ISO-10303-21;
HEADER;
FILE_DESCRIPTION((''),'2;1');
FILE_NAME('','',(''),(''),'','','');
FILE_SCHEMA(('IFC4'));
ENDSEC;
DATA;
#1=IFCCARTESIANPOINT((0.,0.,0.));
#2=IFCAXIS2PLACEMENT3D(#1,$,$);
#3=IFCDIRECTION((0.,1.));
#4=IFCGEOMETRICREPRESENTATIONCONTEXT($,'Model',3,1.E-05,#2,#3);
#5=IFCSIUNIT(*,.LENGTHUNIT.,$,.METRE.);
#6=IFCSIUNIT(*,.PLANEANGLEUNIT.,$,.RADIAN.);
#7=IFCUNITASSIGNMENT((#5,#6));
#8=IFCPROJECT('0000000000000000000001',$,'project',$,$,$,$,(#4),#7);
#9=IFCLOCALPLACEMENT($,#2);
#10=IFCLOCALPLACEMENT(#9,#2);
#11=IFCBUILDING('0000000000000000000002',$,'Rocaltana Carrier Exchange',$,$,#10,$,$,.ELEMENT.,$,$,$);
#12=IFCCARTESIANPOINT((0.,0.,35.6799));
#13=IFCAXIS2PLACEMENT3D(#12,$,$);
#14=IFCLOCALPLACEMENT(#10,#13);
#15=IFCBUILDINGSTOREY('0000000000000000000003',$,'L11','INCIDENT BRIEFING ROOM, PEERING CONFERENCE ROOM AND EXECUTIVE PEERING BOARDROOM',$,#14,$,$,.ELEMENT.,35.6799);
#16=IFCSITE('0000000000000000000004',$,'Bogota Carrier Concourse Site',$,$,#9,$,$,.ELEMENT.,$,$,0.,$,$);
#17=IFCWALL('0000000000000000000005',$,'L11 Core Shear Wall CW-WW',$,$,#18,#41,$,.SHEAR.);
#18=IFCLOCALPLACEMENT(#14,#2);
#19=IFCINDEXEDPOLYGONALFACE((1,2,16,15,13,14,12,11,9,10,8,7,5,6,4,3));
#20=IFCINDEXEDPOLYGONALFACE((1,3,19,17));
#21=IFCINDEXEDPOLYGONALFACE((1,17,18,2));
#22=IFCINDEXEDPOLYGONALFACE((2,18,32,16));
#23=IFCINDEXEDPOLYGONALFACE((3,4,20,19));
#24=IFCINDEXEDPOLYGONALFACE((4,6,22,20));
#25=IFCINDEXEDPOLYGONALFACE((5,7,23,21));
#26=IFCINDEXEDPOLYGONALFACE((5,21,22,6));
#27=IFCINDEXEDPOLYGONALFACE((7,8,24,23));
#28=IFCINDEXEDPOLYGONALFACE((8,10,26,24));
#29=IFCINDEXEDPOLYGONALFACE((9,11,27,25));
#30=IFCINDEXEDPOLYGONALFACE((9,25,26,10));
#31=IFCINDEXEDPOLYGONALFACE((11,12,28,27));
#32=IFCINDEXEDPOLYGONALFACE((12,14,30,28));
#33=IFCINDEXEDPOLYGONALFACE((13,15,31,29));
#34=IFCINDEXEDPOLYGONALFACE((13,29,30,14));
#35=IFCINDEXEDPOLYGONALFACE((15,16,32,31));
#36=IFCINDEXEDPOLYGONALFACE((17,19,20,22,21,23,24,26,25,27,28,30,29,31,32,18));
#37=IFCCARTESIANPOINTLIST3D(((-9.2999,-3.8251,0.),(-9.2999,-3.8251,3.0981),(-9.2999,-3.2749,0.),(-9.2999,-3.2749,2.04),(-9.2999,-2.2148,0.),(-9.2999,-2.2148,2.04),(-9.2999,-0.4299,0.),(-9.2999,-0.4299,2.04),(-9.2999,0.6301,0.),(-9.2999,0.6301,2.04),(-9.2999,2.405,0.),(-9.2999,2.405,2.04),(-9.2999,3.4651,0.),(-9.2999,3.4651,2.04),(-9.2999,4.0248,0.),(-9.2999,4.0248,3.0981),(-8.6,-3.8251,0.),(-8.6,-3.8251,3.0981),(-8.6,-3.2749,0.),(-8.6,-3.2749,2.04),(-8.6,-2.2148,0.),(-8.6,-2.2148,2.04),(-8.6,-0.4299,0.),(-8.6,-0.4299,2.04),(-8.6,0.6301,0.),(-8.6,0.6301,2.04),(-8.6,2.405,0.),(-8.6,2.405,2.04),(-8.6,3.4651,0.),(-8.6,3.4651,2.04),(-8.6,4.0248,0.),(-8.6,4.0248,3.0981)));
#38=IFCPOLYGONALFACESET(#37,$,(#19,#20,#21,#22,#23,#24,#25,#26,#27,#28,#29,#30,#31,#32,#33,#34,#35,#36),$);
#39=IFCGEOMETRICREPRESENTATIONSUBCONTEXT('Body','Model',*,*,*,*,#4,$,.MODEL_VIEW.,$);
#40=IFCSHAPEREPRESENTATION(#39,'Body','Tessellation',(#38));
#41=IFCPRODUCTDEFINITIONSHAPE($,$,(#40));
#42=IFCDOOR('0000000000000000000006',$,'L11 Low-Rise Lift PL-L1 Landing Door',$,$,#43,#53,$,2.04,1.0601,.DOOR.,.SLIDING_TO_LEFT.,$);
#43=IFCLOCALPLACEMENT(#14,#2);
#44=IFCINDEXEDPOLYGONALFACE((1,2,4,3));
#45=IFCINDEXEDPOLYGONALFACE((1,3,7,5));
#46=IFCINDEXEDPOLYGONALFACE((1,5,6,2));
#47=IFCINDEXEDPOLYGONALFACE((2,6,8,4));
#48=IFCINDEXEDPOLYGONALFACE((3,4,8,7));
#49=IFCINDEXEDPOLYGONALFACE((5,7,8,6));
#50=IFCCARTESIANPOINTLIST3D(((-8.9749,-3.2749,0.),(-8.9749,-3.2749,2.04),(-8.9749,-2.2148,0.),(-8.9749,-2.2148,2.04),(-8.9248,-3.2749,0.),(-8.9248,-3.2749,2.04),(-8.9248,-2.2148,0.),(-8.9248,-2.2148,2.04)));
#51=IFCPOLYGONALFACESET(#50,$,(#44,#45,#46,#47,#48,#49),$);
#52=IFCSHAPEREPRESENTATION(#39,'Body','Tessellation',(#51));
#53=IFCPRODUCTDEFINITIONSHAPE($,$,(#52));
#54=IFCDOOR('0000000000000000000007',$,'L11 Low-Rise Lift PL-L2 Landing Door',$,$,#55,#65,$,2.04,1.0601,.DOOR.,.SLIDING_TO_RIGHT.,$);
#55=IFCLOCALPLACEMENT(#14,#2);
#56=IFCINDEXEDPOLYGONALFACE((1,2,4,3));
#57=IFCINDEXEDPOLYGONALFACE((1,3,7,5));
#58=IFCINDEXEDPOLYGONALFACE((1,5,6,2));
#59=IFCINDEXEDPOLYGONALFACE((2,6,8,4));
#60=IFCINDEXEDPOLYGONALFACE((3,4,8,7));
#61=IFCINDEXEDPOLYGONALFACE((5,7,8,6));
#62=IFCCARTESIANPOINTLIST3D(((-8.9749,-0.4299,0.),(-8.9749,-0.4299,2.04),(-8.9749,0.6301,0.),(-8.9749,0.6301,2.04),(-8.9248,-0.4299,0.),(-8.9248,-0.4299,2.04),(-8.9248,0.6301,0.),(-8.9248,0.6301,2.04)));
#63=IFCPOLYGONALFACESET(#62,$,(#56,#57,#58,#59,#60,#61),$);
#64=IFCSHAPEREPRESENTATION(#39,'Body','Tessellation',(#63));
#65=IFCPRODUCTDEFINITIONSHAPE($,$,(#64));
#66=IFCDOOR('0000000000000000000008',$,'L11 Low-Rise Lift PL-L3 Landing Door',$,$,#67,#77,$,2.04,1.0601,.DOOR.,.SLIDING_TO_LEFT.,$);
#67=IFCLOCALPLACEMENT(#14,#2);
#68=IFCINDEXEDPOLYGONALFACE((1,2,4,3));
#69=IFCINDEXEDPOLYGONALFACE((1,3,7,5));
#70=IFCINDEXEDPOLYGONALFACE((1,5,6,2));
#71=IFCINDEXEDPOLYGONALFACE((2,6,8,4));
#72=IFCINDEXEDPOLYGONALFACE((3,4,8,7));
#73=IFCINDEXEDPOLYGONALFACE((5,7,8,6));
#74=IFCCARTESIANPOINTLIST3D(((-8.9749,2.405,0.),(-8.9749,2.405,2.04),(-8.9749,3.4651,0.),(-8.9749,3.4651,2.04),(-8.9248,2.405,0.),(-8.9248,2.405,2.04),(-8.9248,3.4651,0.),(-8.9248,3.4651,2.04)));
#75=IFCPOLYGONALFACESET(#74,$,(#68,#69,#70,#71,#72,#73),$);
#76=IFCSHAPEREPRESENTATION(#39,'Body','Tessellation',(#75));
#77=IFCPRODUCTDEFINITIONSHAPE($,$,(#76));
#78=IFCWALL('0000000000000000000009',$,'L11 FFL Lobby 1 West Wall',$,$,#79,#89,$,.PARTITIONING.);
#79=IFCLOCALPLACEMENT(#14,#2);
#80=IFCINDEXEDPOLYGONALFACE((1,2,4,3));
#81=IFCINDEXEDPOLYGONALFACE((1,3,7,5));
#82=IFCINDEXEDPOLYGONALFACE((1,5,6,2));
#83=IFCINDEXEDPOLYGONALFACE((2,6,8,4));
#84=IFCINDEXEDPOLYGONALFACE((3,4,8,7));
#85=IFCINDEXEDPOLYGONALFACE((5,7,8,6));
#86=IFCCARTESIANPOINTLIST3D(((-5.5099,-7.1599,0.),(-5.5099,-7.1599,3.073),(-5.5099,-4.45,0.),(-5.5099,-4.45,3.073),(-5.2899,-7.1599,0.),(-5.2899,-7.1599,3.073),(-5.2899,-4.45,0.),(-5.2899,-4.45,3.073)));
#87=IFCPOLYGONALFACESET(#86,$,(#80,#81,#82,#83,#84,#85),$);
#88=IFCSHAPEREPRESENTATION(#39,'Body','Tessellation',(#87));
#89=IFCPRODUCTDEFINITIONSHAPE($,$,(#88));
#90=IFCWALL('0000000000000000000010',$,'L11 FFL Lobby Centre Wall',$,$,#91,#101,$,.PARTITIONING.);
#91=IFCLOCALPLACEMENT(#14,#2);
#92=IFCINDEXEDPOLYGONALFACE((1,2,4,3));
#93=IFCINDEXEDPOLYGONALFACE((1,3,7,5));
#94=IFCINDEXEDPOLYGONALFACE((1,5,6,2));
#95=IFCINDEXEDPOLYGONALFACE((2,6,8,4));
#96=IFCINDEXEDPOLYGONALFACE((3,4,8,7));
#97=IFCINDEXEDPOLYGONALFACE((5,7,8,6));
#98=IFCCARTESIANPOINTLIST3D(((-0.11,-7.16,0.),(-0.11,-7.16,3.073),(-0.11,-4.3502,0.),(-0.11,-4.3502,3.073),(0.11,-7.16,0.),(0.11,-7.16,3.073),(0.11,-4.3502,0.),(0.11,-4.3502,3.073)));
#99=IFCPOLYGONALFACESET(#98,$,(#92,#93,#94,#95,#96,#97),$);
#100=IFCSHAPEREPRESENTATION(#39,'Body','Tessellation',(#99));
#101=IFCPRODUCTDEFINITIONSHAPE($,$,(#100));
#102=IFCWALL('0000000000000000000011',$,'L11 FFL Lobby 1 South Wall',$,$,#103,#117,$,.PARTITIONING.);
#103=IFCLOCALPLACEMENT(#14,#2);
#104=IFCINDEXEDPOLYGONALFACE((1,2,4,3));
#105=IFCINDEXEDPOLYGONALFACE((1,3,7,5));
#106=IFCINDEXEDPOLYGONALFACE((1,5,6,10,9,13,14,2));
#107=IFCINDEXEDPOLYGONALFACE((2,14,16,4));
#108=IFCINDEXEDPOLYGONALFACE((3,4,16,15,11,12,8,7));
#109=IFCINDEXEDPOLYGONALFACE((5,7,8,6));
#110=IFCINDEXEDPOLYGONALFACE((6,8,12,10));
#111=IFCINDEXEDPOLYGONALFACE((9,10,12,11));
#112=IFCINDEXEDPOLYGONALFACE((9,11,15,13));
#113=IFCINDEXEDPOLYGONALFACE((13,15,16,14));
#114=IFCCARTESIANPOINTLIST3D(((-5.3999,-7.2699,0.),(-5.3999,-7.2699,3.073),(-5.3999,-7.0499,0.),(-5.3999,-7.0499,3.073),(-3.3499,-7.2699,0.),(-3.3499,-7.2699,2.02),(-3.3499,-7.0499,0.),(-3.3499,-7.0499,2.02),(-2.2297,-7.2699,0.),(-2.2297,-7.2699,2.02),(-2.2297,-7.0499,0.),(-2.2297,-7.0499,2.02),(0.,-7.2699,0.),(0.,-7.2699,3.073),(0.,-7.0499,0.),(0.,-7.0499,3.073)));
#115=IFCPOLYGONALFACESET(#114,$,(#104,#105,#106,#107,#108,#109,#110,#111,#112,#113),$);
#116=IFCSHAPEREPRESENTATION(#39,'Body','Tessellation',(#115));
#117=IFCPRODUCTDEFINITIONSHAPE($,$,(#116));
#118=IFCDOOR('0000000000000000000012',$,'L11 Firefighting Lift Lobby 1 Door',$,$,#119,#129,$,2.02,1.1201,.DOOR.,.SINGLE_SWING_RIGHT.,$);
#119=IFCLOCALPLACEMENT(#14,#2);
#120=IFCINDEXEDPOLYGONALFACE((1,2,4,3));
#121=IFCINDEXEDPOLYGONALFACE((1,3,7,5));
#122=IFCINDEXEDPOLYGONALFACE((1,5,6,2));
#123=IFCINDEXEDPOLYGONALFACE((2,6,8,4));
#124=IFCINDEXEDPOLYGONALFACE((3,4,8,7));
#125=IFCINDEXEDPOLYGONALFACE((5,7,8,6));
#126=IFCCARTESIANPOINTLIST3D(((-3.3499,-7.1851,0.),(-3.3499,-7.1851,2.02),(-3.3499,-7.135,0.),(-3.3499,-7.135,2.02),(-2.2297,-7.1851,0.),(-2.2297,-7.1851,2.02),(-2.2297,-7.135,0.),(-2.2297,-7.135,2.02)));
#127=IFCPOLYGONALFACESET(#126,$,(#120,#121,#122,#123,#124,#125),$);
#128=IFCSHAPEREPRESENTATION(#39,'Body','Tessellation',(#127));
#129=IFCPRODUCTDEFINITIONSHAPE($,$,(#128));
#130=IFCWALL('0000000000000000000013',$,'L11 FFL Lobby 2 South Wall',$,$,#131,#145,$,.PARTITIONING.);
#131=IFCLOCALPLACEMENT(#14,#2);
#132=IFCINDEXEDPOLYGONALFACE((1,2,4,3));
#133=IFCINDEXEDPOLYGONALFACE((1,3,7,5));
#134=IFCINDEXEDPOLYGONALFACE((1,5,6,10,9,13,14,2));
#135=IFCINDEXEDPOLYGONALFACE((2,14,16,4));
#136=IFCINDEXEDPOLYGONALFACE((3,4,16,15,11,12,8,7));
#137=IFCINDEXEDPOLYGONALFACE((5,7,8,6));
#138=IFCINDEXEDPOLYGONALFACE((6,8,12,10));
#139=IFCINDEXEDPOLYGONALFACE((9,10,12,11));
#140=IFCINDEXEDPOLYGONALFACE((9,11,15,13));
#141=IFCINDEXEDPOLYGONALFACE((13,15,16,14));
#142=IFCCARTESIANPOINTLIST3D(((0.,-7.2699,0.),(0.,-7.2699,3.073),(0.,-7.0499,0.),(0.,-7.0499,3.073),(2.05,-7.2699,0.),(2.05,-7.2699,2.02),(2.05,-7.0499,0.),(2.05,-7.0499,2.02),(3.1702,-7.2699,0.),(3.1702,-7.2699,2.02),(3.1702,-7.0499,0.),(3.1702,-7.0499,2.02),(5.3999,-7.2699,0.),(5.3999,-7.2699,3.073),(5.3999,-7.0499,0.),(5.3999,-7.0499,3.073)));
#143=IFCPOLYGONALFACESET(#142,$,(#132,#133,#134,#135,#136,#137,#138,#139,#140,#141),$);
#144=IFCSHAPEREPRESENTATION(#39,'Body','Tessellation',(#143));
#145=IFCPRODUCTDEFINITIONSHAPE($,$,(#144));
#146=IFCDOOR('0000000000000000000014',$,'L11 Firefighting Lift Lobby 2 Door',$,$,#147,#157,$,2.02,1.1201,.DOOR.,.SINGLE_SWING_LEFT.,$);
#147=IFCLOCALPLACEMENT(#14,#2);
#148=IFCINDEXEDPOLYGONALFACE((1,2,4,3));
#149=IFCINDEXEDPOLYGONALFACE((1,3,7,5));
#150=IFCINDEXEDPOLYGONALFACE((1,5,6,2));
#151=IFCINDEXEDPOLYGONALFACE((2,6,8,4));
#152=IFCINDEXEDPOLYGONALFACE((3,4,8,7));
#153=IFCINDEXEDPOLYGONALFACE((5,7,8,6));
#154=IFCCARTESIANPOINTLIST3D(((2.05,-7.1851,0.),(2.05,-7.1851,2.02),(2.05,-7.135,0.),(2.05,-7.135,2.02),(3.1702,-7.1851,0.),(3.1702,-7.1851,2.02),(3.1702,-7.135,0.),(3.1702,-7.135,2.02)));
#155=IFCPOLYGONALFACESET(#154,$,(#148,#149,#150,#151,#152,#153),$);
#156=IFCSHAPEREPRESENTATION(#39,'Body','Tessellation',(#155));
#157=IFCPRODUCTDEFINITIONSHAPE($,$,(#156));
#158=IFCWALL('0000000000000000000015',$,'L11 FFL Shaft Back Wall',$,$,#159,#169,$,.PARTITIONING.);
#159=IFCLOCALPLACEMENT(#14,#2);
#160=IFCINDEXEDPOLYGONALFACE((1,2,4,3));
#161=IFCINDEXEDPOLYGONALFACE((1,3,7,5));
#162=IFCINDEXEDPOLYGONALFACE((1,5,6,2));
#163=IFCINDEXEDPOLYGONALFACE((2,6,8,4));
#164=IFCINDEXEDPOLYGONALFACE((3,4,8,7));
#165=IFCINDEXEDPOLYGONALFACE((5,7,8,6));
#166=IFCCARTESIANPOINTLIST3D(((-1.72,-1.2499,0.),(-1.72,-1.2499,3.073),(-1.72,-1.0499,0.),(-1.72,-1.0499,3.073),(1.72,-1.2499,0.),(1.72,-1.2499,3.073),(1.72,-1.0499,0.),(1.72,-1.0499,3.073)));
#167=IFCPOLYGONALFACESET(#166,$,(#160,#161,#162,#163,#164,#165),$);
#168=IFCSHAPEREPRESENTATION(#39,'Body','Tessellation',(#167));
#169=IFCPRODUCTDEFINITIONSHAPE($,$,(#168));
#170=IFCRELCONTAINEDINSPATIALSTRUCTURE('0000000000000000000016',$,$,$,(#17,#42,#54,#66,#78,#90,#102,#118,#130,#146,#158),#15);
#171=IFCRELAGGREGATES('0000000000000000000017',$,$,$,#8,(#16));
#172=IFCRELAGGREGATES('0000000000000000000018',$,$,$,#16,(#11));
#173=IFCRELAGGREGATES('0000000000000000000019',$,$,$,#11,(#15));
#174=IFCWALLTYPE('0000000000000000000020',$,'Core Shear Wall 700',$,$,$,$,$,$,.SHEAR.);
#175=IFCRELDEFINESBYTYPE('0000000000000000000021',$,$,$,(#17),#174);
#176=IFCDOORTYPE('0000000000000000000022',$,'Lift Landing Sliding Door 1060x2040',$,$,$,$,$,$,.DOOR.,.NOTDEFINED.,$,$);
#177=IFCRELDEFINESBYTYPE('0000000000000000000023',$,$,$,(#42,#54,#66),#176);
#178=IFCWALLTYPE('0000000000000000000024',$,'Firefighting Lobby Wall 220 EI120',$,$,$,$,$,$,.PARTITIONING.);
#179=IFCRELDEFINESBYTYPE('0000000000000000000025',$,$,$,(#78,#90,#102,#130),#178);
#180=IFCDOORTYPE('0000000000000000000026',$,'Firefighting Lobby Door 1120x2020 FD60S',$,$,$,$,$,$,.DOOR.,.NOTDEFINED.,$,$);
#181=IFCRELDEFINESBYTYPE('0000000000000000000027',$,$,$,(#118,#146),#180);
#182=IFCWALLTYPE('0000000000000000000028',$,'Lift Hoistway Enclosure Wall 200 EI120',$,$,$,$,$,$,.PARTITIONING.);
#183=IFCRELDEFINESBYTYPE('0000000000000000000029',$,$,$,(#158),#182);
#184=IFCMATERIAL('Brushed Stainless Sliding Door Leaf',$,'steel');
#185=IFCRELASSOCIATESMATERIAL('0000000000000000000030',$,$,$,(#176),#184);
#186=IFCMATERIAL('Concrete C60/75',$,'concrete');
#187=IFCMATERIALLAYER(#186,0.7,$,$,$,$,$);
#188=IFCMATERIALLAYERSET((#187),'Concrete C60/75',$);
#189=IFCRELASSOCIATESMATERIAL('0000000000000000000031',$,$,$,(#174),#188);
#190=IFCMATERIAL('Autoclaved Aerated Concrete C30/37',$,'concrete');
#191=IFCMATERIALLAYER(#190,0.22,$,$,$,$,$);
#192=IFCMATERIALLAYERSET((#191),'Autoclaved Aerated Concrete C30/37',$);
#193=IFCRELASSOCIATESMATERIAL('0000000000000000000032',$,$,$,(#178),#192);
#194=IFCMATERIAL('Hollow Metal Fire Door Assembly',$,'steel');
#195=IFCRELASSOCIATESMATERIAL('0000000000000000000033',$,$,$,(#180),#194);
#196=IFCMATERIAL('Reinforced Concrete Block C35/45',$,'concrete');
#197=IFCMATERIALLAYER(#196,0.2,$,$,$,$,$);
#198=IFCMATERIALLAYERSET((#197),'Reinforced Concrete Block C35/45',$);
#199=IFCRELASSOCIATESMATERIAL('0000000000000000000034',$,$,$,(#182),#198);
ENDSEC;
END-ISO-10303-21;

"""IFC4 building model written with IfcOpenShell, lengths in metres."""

from ifc_helpers import new_model, si_unit, direction, frame, frame_2d, origin, place, context, subcontext, project, spatial, rectangle, extrude, material, layer, layer_set, type_object, element, fill, save


model = new_model("IFC4")

# Units and contexts
model_context = context("Model", 3, precision=1e-05, world=origin(), true_north=direction((0.0, 1.0)))
body_context = subcontext(model_context, "Body", "Model", "MODEL_VIEW")
ifc_project = project(units=[si_unit("LENGTHUNIT", "METRE"), si_unit("PLANEANGLEUNIT", "RADIAN")], contexts=[model_context])

# Site, building, storey
site_placement = place(None, origin())
site = spatial("IfcSite", under=ifc_project, at=site_placement, Name="Bogota Carrier Concourse Site", CompositionType="ELEMENT", RefElevation=0.0)
building_placement = place(site_placement, origin())
building = spatial("IfcBuilding", under=site, at=building_placement, Name="Rocaltana Carrier Exchange", CompositionType="ELEMENT")
storey_placement = place(building_placement, frame((0.0, 0.0, 35.6799)))
storey = spatial("IfcBuildingStorey", under=building, at=storey_placement, Name="L11", Description="INCIDENT BRIEFING ROOM, PEERING CONFERENCE ROOM AND EXECUTIVE PEERING BOARDROOM", CompositionType="ELEMENT", Elevation=35.6799)

# Shared definitions
ifc_material_1 = material(Name="Brushed Stainless Sliding Door Leaf", Category="steel")
door_type_1 = type_object("IfcDoorType", Name="Lift Landing Sliding Door 1060x2040", OperationType="NOTDEFINED", PredefinedType="DOOR", material=ifc_material_1)

# Shared definitions
ifc_material_2 = material(Name="Concrete C60/75", Category="concrete")
ifc_layer_1 = layer(ifc_material_2, 0.7)
ifc_layer_set_1 = layer_set([ifc_layer_1], Name="Concrete C60/75")
wall_type_1 = type_object("IfcWallType", Name="Core Shear Wall 700", PredefinedType="SHEAR", material=ifc_layer_set_1)

# Wall, openings, doors
wall_1_placement = place(storey_placement, frame((-8.95, -3.825, 0.0), z_axis=(0.0, 0.0, 1.0), x_axis=(0.0, 1.0, 0.0)))
wall_1 = element("IfcWall", 1, at=wall_1_placement, inside=storey, type_object=wall_type_1, Name="L11 Core Shear Wall CW-WW", PredefinedType="SHEAR", context=body_context, shape_type="SweptSolid", body=[
    extrude(rectangle(XDim=7.8499, YDim=0.7, at=frame_2d((3.9248, 0.0))), origin(), (0.0, 0.0, 1.0), 3.0981),
])
opening_1_placement = place(wall_1_placement, frame((0.55, 0.0, 0.0)))
opening_1 = element("IfcOpeningElement", 2, at=opening_1_placement, cuts=wall_1, PredefinedType="OPENING", context=body_context, shape_type="SweptSolid", body=[
    extrude(rectangle(XDim=1.0601, YDim=2.04, at=frame_2d((0.53, 1.02))), frame((0.0, 0.3599, 0.0), z_axis=(0.0, -1.0, 0.0), x_axis=(1.0, 0.0, 0.0)), (0.0, 0.0, 1.0), 0.72),
])
opening_2_placement = place(wall_1_placement, frame((3.395, 0.0, 0.0)))
opening_2 = element("IfcOpeningElement", 3, at=opening_2_placement, cuts=wall_1, PredefinedType="OPENING", context=body_context, shape_type="SweptSolid", body=[
    extrude(rectangle(XDim=1.0601, YDim=2.04, at=frame_2d((0.53, 1.02))), frame((0.0, 0.3599, 0.0), z_axis=(0.0, -1.0, 0.0), x_axis=(1.0, 0.0, 0.0)), (0.0, 0.0, 1.0), 0.72),
])
opening_3_placement = place(wall_1_placement, frame((6.23, 0.0, 0.0)))
opening_3 = element("IfcOpeningElement", 4, at=opening_3_placement, cuts=wall_1, PredefinedType="OPENING", context=body_context, shape_type="SweptSolid", body=[
    extrude(rectangle(XDim=1.0601, YDim=2.04, at=frame_2d((0.53, 1.02))), frame((0.0, 0.3599, 0.0), z_axis=(0.0, -1.0, 0.0), x_axis=(1.0, 0.0, 0.0)), (0.0, 0.0, 1.0), 0.72),
])
door_1_placement = place(opening_1_placement, origin())
door_1 = element("IfcDoor", 5, at=door_1_placement, inside=storey, type_object=door_type_1, Name="L11 Low-Rise Lift PL-L1 Landing Door", OperationType="SLIDING_TO_LEFT", OverallHeight=2.04, OverallWidth=1.0601, PredefinedType="DOOR", context=body_context, shape_type="SweptSolid", body=[
    extrude(rectangle(XDim=1.0601, YDim=2.04, at=frame_2d((0.53, 1.02))), frame((0.0, 0.0249, 0.0), z_axis=(0.0, -1.0, 0.0), x_axis=(1.0, 0.0, 0.0)), (0.0, 0.0, 1.0), 0.05),
])
fill(opening_1, door_1)
door_2_placement = place(opening_2_placement, origin())
door_2 = element("IfcDoor", 6, at=door_2_placement, inside=storey, type_object=door_type_1, Name="L11 Low-Rise Lift PL-L2 Landing Door", OperationType="SLIDING_TO_RIGHT", OverallHeight=2.04, OverallWidth=1.0601, PredefinedType="DOOR", context=body_context, shape_type="SweptSolid", body=[
    extrude(rectangle(XDim=1.0601, YDim=2.04, at=frame_2d((0.53, 1.02))), frame((0.0, 0.0249, 0.0), z_axis=(0.0, -1.0, 0.0), x_axis=(1.0, 0.0, 0.0)), (0.0, 0.0, 1.0), 0.05),
])
fill(opening_2, door_2)
door_3_placement = place(opening_3_placement, origin())
door_3 = element("IfcDoor", 7, at=door_3_placement, inside=storey, type_object=door_type_1, Name="L11 Low-Rise Lift PL-L3 Landing Door", OperationType="SLIDING_TO_LEFT", OverallHeight=2.04, OverallWidth=1.0601, PredefinedType="DOOR", context=body_context, shape_type="SweptSolid", body=[
    extrude(rectangle(XDim=1.0601, YDim=2.04, at=frame_2d((0.53, 1.02))), frame((0.0, 0.0249, 0.0), z_axis=(0.0, -1.0, 0.0), x_axis=(1.0, 0.0, 0.0)), (0.0, 0.0, 1.0), 0.05),
])
fill(opening_3, door_3)

# Walls
ifc_material_3 = material(Name="Autoclaved Aerated Concrete C30/37", Category="concrete")
ifc_layer_2 = layer(ifc_material_3, 0.22)
ifc_layer_set_2 = layer_set([ifc_layer_2], Name="Autoclaved Aerated Concrete C30/37")
wall_type_2 = type_object("IfcWallType", Name="Firefighting Lobby Wall 220 EI120", PredefinedType="PARTITIONING", material=ifc_layer_set_2)
wall_2_placement = place(storey_placement, frame((-5.3999, -7.1599, 0.0), z_axis=(0.0, 0.0, 1.0), x_axis=(0.0, 1.0, 0.0)))
element("IfcWall", 8, at=wall_2_placement, inside=storey, type_object=wall_type_2, Name="L11 FFL Lobby 1 West Wall", PredefinedType="PARTITIONING", context=body_context, shape_type="SweptSolid", body=[
    extrude(rectangle(XDim=2.71, YDim=0.22, at=frame_2d((1.355, 0.0))), origin(), (0.0, 0.0, 1.0), 3.073),
])
wall_3_placement = place(storey_placement, frame((0.0, -7.1599, 0.0), z_axis=(0.0, 0.0, 1.0), x_axis=(0.0, 1.0, 0.0)))
element("IfcWall", 9, at=wall_3_placement, inside=storey, type_object=wall_type_2, Name="L11 FFL Lobby Centre Wall", PredefinedType="PARTITIONING", context=body_context, shape_type="SweptSolid", body=[
    extrude(rectangle(XDim=2.8098, YDim=0.22, at=frame_2d((1.4048, 0.0))), origin(), (0.0, 0.0, 1.0), 3.073),
])

# Walls, openings, doors
wall_4_placement = place(storey_placement, frame((-5.3999, -7.1599, 0.0), z_axis=(0.0, 0.0, 1.0), x_axis=(1.0, 0.0, 0.0)))
wall_4 = element("IfcWall", 10, at=wall_4_placement, inside=storey, type_object=wall_type_2, Name="L11 FFL Lobby 1 South Wall", PredefinedType="PARTITIONING", context=body_context, shape_type="SweptSolid", body=[
    extrude(rectangle(XDim=5.3999, YDim=0.22, at=frame_2d((2.7, 0.0))), origin(), (0.0, 0.0, 1.0), 3.073),
])
opening_4_placement = place(wall_4_placement, frame((2.05, 0.0, 0.0)))
opening_4 = element("IfcOpeningElement", 11, at=opening_4_placement, cuts=wall_4, PredefinedType="OPENING", context=body_context, shape_type="SweptSolid", body=[
    extrude(rectangle(XDim=1.1201, YDim=2.02, at=frame_2d((0.5601, 1.01))), frame((0.0, 0.1199, 0.0), z_axis=(0.0, -1.0, 0.0), x_axis=(1.0, 0.0, 0.0)), (0.0, 0.0, 1.0), 0.24),
])
ifc_material_4 = material(Name="Hollow Metal Fire Door Assembly", Category="steel")
door_type_2 = type_object("IfcDoorType", Name="Firefighting Lobby Door 1120x2020 FD60S", OperationType="NOTDEFINED", PredefinedType="DOOR", material=ifc_material_4)
door_4_placement = place(opening_4_placement, origin())
door_4 = element("IfcDoor", 12, at=door_4_placement, inside=storey, type_object=door_type_2, Name="L11 Firefighting Lift Lobby 1 Door", OperationType="SINGLE_SWING_RIGHT", OverallHeight=2.02, OverallWidth=1.1201, PredefinedType="DOOR", context=body_context, shape_type="SweptSolid", body=[
    extrude(rectangle(XDim=1.1201, YDim=2.02, at=frame_2d((0.5601, 1.01))), frame((0.0, 0.0249, 0.0), z_axis=(0.0, -1.0, 0.0), x_axis=(1.0, 0.0, 0.0)), (0.0, 0.0, 1.0), 0.05),
])
fill(opening_4, door_4)
wall_5_placement = place(storey_placement, frame((0.0, -7.1599, 0.0), z_axis=(0.0, 0.0, 1.0), x_axis=(1.0, 0.0, 0.0)))
wall_5 = element("IfcWall", 13, at=wall_5_placement, inside=storey, type_object=wall_type_2, Name="L11 FFL Lobby 2 South Wall", PredefinedType="PARTITIONING", context=body_context, shape_type="SweptSolid", body=[
    extrude(rectangle(XDim=5.3999, YDim=0.22, at=frame_2d((2.7, 0.0))), origin(), (0.0, 0.0, 1.0), 3.073),
])
opening_5_placement = place(wall_5_placement, frame((2.05, 0.0, 0.0)))
opening_5 = element("IfcOpeningElement", 14, at=opening_5_placement, cuts=wall_5, PredefinedType="OPENING", context=body_context, shape_type="SweptSolid", body=[
    extrude(rectangle(XDim=1.1201, YDim=2.02, at=frame_2d((0.5601, 1.01))), frame((0.0, 0.1199, 0.0), z_axis=(0.0, -1.0, 0.0), x_axis=(1.0, 0.0, 0.0)), (0.0, 0.0, 1.0), 0.24),
])
door_5_placement = place(opening_5_placement, origin())
door_5 = element("IfcDoor", 15, at=door_5_placement, inside=storey, type_object=door_type_2, Name="L11 Firefighting Lift Lobby 2 Door", OperationType="SINGLE_SWING_LEFT", OverallHeight=2.02, OverallWidth=1.1201, PredefinedType="DOOR", context=body_context, shape_type="SweptSolid", body=[
    extrude(rectangle(XDim=1.1201, YDim=2.02, at=frame_2d((0.5601, 1.01))), frame((0.0, 0.0249, 0.0), z_axis=(0.0, -1.0, 0.0), x_axis=(1.0, 0.0, 0.0)), (0.0, 0.0, 1.0), 0.05),
])
fill(opening_5, door_5)

# Wall
ifc_material_5 = material(Name="Reinforced Concrete Block C35/45", Category="concrete")
ifc_layer_3 = layer(ifc_material_5, 0.2)
ifc_layer_set_3 = layer_set([ifc_layer_3], Name="Reinforced Concrete Block C35/45")
wall_type_3 = type_object("IfcWallType", Name="Lift Hoistway Enclosure Wall 200 EI120", PredefinedType="PARTITIONING", material=ifc_layer_set_3)
wall_6_placement = place(storey_placement, frame((-1.72, -1.1499, 0.0), z_axis=(0.0, 0.0, 1.0), x_axis=(1.0, 0.0, 0.0)))
element("IfcWall", 16, at=wall_6_placement, inside=storey, type_object=wall_type_3, Name="L11 FFL Shaft Back Wall", PredefinedType="PARTITIONING", context=body_context, shape_type="SweptSolid", body=[
    extrude(rectangle(XDim=3.4399, YDim=0.2, at=frame_2d((1.72, 0.0))), origin(), (0.0, 0.0, 1.0), 3.073),
])

save(model, "model.ifc")
